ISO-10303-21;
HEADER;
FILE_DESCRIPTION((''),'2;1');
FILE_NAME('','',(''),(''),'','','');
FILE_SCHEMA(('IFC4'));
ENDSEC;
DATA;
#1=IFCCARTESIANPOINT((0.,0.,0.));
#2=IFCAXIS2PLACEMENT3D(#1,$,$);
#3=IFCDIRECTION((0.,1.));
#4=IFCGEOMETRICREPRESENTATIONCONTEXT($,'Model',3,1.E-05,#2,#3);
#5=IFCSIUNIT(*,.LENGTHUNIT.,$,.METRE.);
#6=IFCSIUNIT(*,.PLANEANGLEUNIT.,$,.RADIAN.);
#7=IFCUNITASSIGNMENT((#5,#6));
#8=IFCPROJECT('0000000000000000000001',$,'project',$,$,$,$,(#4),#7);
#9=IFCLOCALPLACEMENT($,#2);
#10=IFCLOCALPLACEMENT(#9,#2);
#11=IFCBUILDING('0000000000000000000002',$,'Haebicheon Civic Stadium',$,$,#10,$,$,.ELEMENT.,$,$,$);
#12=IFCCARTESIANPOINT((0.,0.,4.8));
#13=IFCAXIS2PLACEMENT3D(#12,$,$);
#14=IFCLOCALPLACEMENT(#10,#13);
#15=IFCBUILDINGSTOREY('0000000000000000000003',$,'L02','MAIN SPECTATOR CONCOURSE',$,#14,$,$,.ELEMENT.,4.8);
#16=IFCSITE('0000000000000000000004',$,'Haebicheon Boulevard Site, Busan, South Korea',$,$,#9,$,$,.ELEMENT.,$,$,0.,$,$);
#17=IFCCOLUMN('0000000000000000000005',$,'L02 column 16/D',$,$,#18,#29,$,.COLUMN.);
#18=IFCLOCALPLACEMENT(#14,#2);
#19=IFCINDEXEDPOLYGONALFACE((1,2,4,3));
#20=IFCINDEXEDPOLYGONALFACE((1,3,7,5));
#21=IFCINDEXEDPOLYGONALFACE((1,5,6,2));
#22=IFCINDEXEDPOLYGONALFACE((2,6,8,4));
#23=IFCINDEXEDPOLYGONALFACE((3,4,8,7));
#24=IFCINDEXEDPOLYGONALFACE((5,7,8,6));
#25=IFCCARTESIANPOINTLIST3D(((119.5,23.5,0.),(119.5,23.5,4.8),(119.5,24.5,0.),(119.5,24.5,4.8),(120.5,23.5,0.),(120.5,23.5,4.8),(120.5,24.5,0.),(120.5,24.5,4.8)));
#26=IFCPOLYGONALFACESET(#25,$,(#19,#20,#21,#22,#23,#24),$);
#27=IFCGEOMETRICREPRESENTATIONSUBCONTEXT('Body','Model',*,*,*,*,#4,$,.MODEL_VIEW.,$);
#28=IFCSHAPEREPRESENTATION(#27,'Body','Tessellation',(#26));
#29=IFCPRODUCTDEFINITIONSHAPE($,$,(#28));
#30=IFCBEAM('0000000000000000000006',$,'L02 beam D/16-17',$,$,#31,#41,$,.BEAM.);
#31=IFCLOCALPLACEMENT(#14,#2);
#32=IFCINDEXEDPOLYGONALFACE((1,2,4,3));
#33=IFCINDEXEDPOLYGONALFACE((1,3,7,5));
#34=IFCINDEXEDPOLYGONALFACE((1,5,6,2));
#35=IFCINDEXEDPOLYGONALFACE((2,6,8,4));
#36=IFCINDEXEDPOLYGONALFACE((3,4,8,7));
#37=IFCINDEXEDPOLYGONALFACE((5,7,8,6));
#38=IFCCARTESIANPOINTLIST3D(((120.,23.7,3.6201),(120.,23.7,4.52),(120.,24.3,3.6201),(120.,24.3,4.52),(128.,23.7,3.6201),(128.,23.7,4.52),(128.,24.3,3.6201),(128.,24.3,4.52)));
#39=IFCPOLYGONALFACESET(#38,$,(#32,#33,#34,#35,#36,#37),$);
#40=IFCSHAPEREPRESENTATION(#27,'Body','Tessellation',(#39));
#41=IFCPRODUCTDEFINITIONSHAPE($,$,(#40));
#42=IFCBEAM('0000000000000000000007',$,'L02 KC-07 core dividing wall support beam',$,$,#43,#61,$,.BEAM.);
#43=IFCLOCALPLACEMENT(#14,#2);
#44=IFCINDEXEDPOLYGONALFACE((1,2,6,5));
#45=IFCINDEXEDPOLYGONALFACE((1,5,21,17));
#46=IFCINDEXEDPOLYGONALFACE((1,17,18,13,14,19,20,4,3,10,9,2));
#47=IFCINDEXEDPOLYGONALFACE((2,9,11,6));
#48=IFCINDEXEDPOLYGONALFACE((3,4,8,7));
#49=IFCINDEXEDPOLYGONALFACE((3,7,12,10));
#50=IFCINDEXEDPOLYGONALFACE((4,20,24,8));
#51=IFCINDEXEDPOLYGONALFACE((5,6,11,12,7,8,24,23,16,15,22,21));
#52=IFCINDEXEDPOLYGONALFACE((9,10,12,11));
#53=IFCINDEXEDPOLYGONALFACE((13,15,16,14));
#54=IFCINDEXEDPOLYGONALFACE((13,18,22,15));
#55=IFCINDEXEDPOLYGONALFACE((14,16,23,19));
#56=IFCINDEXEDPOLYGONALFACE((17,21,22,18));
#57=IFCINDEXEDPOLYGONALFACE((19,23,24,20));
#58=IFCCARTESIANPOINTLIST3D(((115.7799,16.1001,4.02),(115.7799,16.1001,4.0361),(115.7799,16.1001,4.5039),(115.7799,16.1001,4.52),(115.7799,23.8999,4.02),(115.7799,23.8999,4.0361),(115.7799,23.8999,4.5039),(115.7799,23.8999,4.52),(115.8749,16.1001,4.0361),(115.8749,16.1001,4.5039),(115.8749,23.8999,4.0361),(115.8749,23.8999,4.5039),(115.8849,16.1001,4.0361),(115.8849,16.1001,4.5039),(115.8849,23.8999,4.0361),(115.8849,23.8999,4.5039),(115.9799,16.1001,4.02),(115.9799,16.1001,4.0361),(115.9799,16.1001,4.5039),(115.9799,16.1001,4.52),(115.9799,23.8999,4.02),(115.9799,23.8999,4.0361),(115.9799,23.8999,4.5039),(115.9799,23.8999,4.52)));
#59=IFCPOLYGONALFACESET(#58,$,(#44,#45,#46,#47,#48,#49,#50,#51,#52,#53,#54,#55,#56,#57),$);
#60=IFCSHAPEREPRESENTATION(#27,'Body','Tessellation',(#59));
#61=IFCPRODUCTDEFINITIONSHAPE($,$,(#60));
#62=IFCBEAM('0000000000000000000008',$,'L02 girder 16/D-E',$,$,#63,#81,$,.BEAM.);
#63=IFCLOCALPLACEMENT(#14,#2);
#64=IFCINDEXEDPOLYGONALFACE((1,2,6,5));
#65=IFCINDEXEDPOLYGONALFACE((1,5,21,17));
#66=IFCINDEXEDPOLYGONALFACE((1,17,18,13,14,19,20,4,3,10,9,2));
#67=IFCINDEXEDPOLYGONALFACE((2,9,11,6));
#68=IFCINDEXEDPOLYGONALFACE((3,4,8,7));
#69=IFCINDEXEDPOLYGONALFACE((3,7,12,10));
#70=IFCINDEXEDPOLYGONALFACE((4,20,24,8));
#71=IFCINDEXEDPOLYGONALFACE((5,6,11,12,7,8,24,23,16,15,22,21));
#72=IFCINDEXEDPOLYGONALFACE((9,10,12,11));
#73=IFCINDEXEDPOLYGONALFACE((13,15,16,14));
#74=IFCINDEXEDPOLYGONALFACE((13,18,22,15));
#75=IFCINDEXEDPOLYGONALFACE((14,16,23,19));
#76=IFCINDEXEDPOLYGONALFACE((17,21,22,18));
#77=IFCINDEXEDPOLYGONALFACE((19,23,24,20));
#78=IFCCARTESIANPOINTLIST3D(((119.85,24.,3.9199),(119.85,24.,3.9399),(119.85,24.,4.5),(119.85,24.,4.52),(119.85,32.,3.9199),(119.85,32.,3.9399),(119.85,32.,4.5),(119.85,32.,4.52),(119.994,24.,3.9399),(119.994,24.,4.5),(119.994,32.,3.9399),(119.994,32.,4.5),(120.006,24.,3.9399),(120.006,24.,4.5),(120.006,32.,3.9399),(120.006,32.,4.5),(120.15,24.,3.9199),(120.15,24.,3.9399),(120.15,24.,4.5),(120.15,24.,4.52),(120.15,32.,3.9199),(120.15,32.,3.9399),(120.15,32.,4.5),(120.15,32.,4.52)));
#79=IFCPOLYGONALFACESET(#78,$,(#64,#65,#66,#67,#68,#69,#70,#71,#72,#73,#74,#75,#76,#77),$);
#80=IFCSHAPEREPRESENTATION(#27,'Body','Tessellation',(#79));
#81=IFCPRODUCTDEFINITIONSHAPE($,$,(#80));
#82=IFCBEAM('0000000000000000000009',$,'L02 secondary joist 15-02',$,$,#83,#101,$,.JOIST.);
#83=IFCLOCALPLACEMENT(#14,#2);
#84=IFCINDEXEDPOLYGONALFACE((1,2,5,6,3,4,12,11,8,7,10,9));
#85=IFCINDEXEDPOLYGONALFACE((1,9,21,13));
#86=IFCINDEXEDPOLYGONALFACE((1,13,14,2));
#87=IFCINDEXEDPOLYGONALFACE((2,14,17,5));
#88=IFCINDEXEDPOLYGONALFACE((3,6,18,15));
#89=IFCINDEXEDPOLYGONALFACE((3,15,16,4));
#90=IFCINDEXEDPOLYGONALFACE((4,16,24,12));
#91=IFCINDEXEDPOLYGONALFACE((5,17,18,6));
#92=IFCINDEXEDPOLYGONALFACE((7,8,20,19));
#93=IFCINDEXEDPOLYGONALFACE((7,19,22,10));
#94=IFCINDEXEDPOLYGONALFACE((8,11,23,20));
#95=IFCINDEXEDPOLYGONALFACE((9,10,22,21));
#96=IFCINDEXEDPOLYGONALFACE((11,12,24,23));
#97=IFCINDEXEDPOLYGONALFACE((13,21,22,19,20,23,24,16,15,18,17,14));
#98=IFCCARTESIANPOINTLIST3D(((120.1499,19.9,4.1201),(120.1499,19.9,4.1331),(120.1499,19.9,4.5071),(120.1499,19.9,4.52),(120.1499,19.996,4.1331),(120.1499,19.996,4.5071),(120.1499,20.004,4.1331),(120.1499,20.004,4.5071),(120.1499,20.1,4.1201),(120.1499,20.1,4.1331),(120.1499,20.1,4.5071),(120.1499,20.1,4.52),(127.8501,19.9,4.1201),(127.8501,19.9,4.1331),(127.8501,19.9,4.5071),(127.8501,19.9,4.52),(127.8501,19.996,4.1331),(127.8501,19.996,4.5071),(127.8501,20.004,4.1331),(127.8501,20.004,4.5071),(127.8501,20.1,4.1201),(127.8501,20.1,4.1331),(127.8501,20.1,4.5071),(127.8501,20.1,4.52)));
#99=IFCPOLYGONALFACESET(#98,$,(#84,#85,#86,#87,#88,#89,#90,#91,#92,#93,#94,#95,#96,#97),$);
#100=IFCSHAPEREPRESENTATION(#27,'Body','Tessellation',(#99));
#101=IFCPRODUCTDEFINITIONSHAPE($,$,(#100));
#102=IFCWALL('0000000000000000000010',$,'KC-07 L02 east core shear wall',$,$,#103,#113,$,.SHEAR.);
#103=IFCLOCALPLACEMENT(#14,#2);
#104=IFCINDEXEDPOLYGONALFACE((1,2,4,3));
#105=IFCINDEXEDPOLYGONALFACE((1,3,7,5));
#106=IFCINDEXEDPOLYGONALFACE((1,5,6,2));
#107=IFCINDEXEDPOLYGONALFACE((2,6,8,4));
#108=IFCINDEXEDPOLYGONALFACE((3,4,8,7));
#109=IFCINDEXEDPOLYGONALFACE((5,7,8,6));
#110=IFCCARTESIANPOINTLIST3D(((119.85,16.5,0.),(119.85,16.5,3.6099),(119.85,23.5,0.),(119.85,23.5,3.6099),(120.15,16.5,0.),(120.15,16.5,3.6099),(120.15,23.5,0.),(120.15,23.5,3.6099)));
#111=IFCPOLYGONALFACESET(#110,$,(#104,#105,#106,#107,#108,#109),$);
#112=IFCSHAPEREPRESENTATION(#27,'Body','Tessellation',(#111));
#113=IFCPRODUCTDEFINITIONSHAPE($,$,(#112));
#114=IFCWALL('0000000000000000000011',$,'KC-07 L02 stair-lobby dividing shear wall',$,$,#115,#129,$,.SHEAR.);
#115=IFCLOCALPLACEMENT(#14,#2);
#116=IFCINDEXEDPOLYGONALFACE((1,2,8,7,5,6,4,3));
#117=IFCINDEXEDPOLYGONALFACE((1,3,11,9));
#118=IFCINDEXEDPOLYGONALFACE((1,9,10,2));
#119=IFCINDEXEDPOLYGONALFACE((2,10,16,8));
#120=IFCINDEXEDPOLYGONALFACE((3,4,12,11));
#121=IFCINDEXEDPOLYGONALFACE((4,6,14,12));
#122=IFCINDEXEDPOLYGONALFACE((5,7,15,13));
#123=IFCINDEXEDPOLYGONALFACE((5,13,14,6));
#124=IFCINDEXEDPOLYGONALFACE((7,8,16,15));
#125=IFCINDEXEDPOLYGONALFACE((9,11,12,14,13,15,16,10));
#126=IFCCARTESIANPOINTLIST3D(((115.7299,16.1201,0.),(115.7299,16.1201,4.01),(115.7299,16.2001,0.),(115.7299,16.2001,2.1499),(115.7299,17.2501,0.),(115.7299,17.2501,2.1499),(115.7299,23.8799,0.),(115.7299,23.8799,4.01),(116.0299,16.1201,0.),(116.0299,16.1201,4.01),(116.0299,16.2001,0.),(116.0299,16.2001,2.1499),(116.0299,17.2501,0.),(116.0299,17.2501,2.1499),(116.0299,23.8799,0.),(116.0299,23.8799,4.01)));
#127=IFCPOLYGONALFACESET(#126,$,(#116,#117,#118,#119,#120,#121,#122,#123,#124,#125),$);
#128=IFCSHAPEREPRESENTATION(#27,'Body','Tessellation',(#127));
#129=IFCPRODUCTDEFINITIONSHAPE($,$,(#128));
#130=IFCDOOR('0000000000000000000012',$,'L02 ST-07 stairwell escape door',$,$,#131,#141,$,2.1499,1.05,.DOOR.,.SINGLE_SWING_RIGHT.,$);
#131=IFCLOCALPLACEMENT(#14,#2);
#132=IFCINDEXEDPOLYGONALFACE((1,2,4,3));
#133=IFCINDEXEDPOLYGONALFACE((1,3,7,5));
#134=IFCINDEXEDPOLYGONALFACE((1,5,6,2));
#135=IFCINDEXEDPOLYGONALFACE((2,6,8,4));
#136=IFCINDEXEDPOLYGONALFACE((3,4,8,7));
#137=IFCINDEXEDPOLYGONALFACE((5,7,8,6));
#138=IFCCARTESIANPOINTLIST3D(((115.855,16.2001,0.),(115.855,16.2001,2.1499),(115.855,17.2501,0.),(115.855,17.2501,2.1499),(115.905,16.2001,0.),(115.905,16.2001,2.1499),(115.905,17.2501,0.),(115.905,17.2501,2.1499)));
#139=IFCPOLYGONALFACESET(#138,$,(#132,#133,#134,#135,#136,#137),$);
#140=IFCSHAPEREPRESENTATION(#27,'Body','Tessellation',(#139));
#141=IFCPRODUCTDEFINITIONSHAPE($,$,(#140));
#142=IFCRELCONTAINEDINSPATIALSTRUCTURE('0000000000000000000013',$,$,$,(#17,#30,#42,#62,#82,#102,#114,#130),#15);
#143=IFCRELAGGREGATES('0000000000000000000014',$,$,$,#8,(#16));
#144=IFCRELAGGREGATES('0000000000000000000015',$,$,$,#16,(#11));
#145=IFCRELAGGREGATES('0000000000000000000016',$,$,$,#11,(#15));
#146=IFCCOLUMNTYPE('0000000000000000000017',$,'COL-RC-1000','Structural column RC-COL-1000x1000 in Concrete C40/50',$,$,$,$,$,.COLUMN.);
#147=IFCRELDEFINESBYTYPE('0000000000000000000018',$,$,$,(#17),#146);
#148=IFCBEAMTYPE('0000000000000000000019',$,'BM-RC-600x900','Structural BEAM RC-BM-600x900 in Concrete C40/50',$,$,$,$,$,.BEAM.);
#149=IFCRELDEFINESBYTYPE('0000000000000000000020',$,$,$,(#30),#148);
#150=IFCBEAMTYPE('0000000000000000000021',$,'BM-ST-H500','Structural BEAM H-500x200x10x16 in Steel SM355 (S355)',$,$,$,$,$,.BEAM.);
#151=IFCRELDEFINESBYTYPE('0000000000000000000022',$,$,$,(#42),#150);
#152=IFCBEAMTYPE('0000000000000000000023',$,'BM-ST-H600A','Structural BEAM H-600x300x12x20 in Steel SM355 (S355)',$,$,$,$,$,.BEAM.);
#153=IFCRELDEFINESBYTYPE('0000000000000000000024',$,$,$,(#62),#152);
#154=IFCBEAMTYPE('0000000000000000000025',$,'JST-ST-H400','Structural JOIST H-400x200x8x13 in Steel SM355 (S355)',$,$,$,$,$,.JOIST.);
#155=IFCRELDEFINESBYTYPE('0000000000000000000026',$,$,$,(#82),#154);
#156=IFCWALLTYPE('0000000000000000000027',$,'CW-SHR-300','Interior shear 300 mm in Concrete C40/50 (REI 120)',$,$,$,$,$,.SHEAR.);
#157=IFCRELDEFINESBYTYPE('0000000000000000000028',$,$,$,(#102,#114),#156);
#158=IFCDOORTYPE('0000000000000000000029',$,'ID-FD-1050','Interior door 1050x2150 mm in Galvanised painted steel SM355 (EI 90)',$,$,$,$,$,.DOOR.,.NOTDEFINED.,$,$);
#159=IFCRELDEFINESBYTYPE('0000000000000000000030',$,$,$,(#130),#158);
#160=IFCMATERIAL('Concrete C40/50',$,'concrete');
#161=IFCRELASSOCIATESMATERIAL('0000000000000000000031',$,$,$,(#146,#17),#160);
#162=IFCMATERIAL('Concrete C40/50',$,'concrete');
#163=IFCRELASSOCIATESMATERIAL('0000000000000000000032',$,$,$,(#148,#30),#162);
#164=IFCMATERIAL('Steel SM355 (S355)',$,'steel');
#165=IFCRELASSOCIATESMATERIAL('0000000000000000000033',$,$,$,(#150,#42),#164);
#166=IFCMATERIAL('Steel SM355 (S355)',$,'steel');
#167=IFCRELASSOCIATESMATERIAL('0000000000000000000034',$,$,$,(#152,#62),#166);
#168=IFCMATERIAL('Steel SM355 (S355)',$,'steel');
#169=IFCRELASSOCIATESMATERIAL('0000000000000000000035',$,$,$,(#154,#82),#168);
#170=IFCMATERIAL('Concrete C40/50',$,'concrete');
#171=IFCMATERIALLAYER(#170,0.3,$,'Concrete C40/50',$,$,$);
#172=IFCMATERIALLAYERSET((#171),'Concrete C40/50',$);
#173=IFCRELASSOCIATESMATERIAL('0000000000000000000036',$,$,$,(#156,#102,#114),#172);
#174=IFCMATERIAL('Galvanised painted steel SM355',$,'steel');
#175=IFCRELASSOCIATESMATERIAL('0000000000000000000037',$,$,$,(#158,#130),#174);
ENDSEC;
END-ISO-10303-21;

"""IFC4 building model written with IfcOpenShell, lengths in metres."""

from ifc_helpers import new_model, si_unit, direction, frame, frame_2d, origin, origin_2d, place, context, subcontext, project, spatial, rectangle, i_section, extrude, material, layer, layer_set, material_profile, profile_set, type_object, element, fill, save


model = new_model("IFC4")

# Units and contexts
model_context = context("Model", 3, precision=1e-05, world=origin(), true_north=direction((0.0, 1.0)))
body_context = subcontext(model_context, "Body", "Model", "MODEL_VIEW")
ifc_project = project(units=[si_unit("LENGTHUNIT", "METRE"), si_unit("PLANEANGLEUNIT", "RADIAN")], contexts=[model_context])

# Site, building, storey
site_placement = place(None, origin())
site = spatial("IfcSite", under=ifc_project, at=site_placement, Name="Haebicheon Boulevard Site, Busan, South Korea", CompositionType="ELEMENT", RefElevation=0.0)
building_placement = place(site_placement, origin())
building = spatial("IfcBuilding", under=site, at=building_placement, Name="Haebicheon Civic Stadium", CompositionType="ELEMENT")
storey_placement = place(building_placement, frame((0.0, 0.0, 4.8)))
storey = spatial("IfcBuildingStorey", under=building, at=storey_placement, Name="L02", Description="MAIN SPECTATOR CONCOURSE", CompositionType="ELEMENT", Elevation=4.8)

# Column
ifc_material_1 = material(Name="Concrete C40/50", Category="concrete")
ifc_material_profile_1 = material_profile(ifc_material_1, rectangle(XDim=1.0, YDim=1.0, at=origin_2d()), Name="RC-COL-1000x1000")
ifc_profile_set_1 = profile_set([ifc_material_profile_1], Name="Concrete C40/50")
column_type = type_object("IfcColumnType", Name="COL-RC-1000", Description="Structural column RC-COL-1000x1000 in Concrete C40/50", PredefinedType="COLUMN", material=ifc_profile_set_1)
column_placement = place(storey_placement, frame((120.0, 24.0, 0.0), z_axis=(0.0, 0.0, 1.0), x_axis=(1.0, 0.0, 0.0)))
element("IfcColumn", 1, at=column_placement, inside=storey, type_object=column_type, material=ifc_profile_set_1, Name="L02 column 16/D", PredefinedType="COLUMN", context=body_context, shape_type="SweptSolid", body=[
    extrude(rectangle(XDim=1.0, YDim=1.0, at=origin_2d()), origin(), (0.0, 0.0, 1.0), 4.8),
])

# Beams
ifc_material_2 = material(Name="Concrete C40/50", Category="concrete")
ifc_material_profile_2 = material_profile(ifc_material_2, rectangle(XDim=0.6001, YDim=0.8999, at=origin_2d()), Name="RC-BM-600x900")
ifc_profile_set_2 = profile_set([ifc_material_profile_2], Name="Concrete C40/50")
beam_type_1 = type_object("IfcBeamType", Name="BM-RC-600x900", Description="Structural BEAM RC-BM-600x900 in Concrete C40/50", PredefinedType="BEAM", material=ifc_profile_set_2)
beam_1_placement = place(storey_placement, frame((120.0, 24.0, 4.0701), z_axis=(1.0, 0.0, 0.0), x_axis=(0.0, 1.0, 0.0)))
element("IfcBeam", 2, at=beam_1_placement, inside=storey, type_object=beam_type_1, material=ifc_profile_set_2, Name="L02 beam D/16-17", PredefinedType="BEAM", context=body_context, shape_type="SweptSolid", body=[
    extrude(rectangle(XDim=0.6001, YDim=0.8999, at=origin_2d()), origin(), (0.0, 0.0, 1.0), 8.0),
])
ifc_material_3 = material(Name="Steel SM355 (S355)", Category="steel")
ifc_material_profile_3 = material_profile(ifc_material_3, i_section(OverallWidth=0.2, OverallDepth=0.5, WebThickness=0.01, FlangeThickness=0.0161, at=origin_2d()), Name="H-500x200x10x16")
ifc_profile_set_3 = profile_set([ifc_material_profile_3], Name="Steel SM355 (S355)")
beam_type_2 = type_object("IfcBeamType", Name="BM-ST-H500", Description="Structural BEAM H-500x200x10x16 in Steel SM355 (S355)", PredefinedType="BEAM", material=ifc_profile_set_3)
beam_2_placement = place(storey_placement, frame((115.8799, 16.1001, 4.27), z_axis=(0.0, 1.0, 0.0), x_axis=(-1.0, 0.0, 0.0)))
element("IfcBeam", 3, at=beam_2_placement, inside=storey, type_object=beam_type_2, material=ifc_profile_set_3, Name="L02 KC-07 core dividing wall support beam", PredefinedType="BEAM", context=body_context, shape_type="SweptSolid", body=[
    extrude(i_section(OverallWidth=0.2, OverallDepth=0.5, WebThickness=0.01, FlangeThickness=0.0161, at=origin_2d()), origin(), (0.0, 0.0, 1.0), 7.7998),
])
ifc_material_4 = material(Name="Steel SM355 (S355)", Category="steel")
ifc_material_profile_4 = material_profile(ifc_material_4, i_section(OverallWidth=0.3, OverallDepth=0.6001, WebThickness=0.012, FlangeThickness=0.02, at=origin_2d()), Name="H-600x300x12x20")
ifc_profile_set_4 = profile_set([ifc_material_profile_4], Name="Steel SM355 (S355)")
beam_type_3 = type_object("IfcBeamType", Name="BM-ST-H600A", Description="Structural BEAM H-600x300x12x20 in Steel SM355 (S355)", PredefinedType="BEAM", material=ifc_profile_set_4)
beam_3_placement = place(storey_placement, frame((120.0, 24.0, 4.22), z_axis=(0.0, 1.0, 0.0), x_axis=(-1.0, 0.0, 0.0)))
element("IfcBeam", 4, at=beam_3_placement, inside=storey, type_object=beam_type_3, material=ifc_profile_set_4, Name="L02 girder 16/D-E", PredefinedType="BEAM", context=body_context, shape_type="SweptSolid", body=[
    extrude(i_section(OverallWidth=0.3, OverallDepth=0.6001, WebThickness=0.012, FlangeThickness=0.02, at=origin_2d()), origin(), (0.0, 0.0, 1.0), 8.0),
])
ifc_material_5 = material(Name="Steel SM355 (S355)", Category="steel")
ifc_material_profile_5 = material_profile(ifc_material_5, i_section(OverallWidth=0.2, OverallDepth=0.3999, WebThickness=0.0081, FlangeThickness=0.0129, at=origin_2d()), Name="H-400x200x8x13")
ifc_profile_set_5 = profile_set([ifc_material_profile_5], Name="Steel SM355 (S355)")
beam_type_4 = type_object("IfcBeamType", Name="JST-ST-H400", Description="Structural JOIST H-400x200x8x13 in Steel SM355 (S355)", PredefinedType="JOIST", material=ifc_profile_set_5)
beam_4_placement = place(storey_placement, frame((120.1499, 20.0, 4.3201), z_axis=(1.0, 0.0, 0.0), x_axis=(0.0, 1.0, 0.0)))
element("IfcBeam", 5, at=beam_4_placement, inside=storey, type_object=beam_type_4, material=ifc_profile_set_5, Name="L02 secondary joist 15-02", PredefinedType="JOIST", context=body_context, shape_type="SweptSolid", body=[
    extrude(i_section(OverallWidth=0.2, OverallDepth=0.3999, WebThickness=0.0081, FlangeThickness=0.0129, at=origin_2d()), origin(), (0.0, 0.0, 1.0), 7.7002),
])

# Wall
ifc_material_6 = material(Name="Concrete C40/50", Category="concrete")
ifc_layer_1 = layer(ifc_material_6, 0.3, Name="Concrete C40/50")
ifc_layer_set_1 = layer_set([ifc_layer_1], Name="Concrete C40/50")
wall_type_1 = type_object("IfcWallType", Name="CW-SHR-300", Description="Interior shear 300 mm in Concrete C40/50 (REI 120)", PredefinedType="SHEAR", material=ifc_layer_set_1)
wall_1_placement = place(storey_placement, frame((120.0, 16.5, 0.0), z_axis=(0.0, 0.0, 1.0), x_axis=(0.0, 1.0, 0.0)))
element("IfcWall", 6, at=wall_1_placement, inside=storey, type_object=wall_type_1, material=ifc_layer_set_1, Name="KC-07 L02 east core shear wall", PredefinedType="SHEAR", context=body_context, shape_type="SweptSolid", body=[
    extrude(rectangle(XDim=7.0, YDim=0.3, at=frame_2d((3.5, 0.0))), origin(), (0.0, 0.0, 1.0), 3.6099),
])

# Wall, opening, door
wall_2_placement = place(storey_placement, frame((115.8799, 16.1201, 0.0), z_axis=(0.0, 0.0, 1.0), x_axis=(0.0, 1.0, 0.0)))
wall_2 = element("IfcWall", 7, at=wall_2_placement, inside=storey, type_object=wall_type_1, material=ifc_layer_set_1, Name="KC-07 L02 stair-lobby dividing shear wall", PredefinedType="SHEAR", context=body_context, shape_type="SweptSolid", body=[
    extrude(rectangle(XDim=7.7598, YDim=0.3, at=frame_2d((3.8799, 0.0))), origin(), (0.0, 0.0, 1.0), 4.01),
])
opening_1_placement = place(wall_2_placement, frame((0.0801, 0.0, 0.0)))
opening_1 = element("IfcOpeningElement", 8, at=opening_1_placement, cuts=wall_2, PredefinedType="OPENING", context=body_context, shape_type="SweptSolid", body=[
    extrude(rectangle(XDim=1.05, YDim=2.1499, at=frame_2d((0.5249, 1.075))), frame((0.0, 0.1599, 0.0), z_axis=(0.0, -1.0, 0.0), x_axis=(1.0, 0.0, 0.0)), (0.0, 0.0, 1.0), 0.3201),
])
ifc_material_7 = material(Name="Galvanised painted steel SM355", Category="steel")
door_type_1 = type_object("IfcDoorType", Name="ID-FD-1050", Description="Interior door 1050x2150 mm in Galvanised painted steel SM355 (EI 90)", OperationType="NOTDEFINED", PredefinedType="DOOR", material=ifc_material_7)
door_1_placement = place(opening_1_placement, origin())
door_1 = element("IfcDoor", 9, at=door_1_placement, inside=storey, type_object=door_type_1, material=ifc_material_7, Name="L02 ST-07 stairwell escape door", OperationType="SINGLE_SWING_RIGHT", OverallHeight=2.1499, OverallWidth=1.05, PredefinedType="DOOR", context=body_context, shape_type="SweptSolid", body=[
    extrude(rectangle(XDim=1.05, YDim=2.1499, at=frame_2d((0.5249, 1.075))), frame((0.0, 0.0249, 0.0), z_axis=(0.0, -1.0, 0.0), x_axis=(1.0, 0.0, 0.0)), (0.0, 0.0, 1.0), 0.05),
])
fill(opening_1, door_1)

save(model, "model.ifc")
